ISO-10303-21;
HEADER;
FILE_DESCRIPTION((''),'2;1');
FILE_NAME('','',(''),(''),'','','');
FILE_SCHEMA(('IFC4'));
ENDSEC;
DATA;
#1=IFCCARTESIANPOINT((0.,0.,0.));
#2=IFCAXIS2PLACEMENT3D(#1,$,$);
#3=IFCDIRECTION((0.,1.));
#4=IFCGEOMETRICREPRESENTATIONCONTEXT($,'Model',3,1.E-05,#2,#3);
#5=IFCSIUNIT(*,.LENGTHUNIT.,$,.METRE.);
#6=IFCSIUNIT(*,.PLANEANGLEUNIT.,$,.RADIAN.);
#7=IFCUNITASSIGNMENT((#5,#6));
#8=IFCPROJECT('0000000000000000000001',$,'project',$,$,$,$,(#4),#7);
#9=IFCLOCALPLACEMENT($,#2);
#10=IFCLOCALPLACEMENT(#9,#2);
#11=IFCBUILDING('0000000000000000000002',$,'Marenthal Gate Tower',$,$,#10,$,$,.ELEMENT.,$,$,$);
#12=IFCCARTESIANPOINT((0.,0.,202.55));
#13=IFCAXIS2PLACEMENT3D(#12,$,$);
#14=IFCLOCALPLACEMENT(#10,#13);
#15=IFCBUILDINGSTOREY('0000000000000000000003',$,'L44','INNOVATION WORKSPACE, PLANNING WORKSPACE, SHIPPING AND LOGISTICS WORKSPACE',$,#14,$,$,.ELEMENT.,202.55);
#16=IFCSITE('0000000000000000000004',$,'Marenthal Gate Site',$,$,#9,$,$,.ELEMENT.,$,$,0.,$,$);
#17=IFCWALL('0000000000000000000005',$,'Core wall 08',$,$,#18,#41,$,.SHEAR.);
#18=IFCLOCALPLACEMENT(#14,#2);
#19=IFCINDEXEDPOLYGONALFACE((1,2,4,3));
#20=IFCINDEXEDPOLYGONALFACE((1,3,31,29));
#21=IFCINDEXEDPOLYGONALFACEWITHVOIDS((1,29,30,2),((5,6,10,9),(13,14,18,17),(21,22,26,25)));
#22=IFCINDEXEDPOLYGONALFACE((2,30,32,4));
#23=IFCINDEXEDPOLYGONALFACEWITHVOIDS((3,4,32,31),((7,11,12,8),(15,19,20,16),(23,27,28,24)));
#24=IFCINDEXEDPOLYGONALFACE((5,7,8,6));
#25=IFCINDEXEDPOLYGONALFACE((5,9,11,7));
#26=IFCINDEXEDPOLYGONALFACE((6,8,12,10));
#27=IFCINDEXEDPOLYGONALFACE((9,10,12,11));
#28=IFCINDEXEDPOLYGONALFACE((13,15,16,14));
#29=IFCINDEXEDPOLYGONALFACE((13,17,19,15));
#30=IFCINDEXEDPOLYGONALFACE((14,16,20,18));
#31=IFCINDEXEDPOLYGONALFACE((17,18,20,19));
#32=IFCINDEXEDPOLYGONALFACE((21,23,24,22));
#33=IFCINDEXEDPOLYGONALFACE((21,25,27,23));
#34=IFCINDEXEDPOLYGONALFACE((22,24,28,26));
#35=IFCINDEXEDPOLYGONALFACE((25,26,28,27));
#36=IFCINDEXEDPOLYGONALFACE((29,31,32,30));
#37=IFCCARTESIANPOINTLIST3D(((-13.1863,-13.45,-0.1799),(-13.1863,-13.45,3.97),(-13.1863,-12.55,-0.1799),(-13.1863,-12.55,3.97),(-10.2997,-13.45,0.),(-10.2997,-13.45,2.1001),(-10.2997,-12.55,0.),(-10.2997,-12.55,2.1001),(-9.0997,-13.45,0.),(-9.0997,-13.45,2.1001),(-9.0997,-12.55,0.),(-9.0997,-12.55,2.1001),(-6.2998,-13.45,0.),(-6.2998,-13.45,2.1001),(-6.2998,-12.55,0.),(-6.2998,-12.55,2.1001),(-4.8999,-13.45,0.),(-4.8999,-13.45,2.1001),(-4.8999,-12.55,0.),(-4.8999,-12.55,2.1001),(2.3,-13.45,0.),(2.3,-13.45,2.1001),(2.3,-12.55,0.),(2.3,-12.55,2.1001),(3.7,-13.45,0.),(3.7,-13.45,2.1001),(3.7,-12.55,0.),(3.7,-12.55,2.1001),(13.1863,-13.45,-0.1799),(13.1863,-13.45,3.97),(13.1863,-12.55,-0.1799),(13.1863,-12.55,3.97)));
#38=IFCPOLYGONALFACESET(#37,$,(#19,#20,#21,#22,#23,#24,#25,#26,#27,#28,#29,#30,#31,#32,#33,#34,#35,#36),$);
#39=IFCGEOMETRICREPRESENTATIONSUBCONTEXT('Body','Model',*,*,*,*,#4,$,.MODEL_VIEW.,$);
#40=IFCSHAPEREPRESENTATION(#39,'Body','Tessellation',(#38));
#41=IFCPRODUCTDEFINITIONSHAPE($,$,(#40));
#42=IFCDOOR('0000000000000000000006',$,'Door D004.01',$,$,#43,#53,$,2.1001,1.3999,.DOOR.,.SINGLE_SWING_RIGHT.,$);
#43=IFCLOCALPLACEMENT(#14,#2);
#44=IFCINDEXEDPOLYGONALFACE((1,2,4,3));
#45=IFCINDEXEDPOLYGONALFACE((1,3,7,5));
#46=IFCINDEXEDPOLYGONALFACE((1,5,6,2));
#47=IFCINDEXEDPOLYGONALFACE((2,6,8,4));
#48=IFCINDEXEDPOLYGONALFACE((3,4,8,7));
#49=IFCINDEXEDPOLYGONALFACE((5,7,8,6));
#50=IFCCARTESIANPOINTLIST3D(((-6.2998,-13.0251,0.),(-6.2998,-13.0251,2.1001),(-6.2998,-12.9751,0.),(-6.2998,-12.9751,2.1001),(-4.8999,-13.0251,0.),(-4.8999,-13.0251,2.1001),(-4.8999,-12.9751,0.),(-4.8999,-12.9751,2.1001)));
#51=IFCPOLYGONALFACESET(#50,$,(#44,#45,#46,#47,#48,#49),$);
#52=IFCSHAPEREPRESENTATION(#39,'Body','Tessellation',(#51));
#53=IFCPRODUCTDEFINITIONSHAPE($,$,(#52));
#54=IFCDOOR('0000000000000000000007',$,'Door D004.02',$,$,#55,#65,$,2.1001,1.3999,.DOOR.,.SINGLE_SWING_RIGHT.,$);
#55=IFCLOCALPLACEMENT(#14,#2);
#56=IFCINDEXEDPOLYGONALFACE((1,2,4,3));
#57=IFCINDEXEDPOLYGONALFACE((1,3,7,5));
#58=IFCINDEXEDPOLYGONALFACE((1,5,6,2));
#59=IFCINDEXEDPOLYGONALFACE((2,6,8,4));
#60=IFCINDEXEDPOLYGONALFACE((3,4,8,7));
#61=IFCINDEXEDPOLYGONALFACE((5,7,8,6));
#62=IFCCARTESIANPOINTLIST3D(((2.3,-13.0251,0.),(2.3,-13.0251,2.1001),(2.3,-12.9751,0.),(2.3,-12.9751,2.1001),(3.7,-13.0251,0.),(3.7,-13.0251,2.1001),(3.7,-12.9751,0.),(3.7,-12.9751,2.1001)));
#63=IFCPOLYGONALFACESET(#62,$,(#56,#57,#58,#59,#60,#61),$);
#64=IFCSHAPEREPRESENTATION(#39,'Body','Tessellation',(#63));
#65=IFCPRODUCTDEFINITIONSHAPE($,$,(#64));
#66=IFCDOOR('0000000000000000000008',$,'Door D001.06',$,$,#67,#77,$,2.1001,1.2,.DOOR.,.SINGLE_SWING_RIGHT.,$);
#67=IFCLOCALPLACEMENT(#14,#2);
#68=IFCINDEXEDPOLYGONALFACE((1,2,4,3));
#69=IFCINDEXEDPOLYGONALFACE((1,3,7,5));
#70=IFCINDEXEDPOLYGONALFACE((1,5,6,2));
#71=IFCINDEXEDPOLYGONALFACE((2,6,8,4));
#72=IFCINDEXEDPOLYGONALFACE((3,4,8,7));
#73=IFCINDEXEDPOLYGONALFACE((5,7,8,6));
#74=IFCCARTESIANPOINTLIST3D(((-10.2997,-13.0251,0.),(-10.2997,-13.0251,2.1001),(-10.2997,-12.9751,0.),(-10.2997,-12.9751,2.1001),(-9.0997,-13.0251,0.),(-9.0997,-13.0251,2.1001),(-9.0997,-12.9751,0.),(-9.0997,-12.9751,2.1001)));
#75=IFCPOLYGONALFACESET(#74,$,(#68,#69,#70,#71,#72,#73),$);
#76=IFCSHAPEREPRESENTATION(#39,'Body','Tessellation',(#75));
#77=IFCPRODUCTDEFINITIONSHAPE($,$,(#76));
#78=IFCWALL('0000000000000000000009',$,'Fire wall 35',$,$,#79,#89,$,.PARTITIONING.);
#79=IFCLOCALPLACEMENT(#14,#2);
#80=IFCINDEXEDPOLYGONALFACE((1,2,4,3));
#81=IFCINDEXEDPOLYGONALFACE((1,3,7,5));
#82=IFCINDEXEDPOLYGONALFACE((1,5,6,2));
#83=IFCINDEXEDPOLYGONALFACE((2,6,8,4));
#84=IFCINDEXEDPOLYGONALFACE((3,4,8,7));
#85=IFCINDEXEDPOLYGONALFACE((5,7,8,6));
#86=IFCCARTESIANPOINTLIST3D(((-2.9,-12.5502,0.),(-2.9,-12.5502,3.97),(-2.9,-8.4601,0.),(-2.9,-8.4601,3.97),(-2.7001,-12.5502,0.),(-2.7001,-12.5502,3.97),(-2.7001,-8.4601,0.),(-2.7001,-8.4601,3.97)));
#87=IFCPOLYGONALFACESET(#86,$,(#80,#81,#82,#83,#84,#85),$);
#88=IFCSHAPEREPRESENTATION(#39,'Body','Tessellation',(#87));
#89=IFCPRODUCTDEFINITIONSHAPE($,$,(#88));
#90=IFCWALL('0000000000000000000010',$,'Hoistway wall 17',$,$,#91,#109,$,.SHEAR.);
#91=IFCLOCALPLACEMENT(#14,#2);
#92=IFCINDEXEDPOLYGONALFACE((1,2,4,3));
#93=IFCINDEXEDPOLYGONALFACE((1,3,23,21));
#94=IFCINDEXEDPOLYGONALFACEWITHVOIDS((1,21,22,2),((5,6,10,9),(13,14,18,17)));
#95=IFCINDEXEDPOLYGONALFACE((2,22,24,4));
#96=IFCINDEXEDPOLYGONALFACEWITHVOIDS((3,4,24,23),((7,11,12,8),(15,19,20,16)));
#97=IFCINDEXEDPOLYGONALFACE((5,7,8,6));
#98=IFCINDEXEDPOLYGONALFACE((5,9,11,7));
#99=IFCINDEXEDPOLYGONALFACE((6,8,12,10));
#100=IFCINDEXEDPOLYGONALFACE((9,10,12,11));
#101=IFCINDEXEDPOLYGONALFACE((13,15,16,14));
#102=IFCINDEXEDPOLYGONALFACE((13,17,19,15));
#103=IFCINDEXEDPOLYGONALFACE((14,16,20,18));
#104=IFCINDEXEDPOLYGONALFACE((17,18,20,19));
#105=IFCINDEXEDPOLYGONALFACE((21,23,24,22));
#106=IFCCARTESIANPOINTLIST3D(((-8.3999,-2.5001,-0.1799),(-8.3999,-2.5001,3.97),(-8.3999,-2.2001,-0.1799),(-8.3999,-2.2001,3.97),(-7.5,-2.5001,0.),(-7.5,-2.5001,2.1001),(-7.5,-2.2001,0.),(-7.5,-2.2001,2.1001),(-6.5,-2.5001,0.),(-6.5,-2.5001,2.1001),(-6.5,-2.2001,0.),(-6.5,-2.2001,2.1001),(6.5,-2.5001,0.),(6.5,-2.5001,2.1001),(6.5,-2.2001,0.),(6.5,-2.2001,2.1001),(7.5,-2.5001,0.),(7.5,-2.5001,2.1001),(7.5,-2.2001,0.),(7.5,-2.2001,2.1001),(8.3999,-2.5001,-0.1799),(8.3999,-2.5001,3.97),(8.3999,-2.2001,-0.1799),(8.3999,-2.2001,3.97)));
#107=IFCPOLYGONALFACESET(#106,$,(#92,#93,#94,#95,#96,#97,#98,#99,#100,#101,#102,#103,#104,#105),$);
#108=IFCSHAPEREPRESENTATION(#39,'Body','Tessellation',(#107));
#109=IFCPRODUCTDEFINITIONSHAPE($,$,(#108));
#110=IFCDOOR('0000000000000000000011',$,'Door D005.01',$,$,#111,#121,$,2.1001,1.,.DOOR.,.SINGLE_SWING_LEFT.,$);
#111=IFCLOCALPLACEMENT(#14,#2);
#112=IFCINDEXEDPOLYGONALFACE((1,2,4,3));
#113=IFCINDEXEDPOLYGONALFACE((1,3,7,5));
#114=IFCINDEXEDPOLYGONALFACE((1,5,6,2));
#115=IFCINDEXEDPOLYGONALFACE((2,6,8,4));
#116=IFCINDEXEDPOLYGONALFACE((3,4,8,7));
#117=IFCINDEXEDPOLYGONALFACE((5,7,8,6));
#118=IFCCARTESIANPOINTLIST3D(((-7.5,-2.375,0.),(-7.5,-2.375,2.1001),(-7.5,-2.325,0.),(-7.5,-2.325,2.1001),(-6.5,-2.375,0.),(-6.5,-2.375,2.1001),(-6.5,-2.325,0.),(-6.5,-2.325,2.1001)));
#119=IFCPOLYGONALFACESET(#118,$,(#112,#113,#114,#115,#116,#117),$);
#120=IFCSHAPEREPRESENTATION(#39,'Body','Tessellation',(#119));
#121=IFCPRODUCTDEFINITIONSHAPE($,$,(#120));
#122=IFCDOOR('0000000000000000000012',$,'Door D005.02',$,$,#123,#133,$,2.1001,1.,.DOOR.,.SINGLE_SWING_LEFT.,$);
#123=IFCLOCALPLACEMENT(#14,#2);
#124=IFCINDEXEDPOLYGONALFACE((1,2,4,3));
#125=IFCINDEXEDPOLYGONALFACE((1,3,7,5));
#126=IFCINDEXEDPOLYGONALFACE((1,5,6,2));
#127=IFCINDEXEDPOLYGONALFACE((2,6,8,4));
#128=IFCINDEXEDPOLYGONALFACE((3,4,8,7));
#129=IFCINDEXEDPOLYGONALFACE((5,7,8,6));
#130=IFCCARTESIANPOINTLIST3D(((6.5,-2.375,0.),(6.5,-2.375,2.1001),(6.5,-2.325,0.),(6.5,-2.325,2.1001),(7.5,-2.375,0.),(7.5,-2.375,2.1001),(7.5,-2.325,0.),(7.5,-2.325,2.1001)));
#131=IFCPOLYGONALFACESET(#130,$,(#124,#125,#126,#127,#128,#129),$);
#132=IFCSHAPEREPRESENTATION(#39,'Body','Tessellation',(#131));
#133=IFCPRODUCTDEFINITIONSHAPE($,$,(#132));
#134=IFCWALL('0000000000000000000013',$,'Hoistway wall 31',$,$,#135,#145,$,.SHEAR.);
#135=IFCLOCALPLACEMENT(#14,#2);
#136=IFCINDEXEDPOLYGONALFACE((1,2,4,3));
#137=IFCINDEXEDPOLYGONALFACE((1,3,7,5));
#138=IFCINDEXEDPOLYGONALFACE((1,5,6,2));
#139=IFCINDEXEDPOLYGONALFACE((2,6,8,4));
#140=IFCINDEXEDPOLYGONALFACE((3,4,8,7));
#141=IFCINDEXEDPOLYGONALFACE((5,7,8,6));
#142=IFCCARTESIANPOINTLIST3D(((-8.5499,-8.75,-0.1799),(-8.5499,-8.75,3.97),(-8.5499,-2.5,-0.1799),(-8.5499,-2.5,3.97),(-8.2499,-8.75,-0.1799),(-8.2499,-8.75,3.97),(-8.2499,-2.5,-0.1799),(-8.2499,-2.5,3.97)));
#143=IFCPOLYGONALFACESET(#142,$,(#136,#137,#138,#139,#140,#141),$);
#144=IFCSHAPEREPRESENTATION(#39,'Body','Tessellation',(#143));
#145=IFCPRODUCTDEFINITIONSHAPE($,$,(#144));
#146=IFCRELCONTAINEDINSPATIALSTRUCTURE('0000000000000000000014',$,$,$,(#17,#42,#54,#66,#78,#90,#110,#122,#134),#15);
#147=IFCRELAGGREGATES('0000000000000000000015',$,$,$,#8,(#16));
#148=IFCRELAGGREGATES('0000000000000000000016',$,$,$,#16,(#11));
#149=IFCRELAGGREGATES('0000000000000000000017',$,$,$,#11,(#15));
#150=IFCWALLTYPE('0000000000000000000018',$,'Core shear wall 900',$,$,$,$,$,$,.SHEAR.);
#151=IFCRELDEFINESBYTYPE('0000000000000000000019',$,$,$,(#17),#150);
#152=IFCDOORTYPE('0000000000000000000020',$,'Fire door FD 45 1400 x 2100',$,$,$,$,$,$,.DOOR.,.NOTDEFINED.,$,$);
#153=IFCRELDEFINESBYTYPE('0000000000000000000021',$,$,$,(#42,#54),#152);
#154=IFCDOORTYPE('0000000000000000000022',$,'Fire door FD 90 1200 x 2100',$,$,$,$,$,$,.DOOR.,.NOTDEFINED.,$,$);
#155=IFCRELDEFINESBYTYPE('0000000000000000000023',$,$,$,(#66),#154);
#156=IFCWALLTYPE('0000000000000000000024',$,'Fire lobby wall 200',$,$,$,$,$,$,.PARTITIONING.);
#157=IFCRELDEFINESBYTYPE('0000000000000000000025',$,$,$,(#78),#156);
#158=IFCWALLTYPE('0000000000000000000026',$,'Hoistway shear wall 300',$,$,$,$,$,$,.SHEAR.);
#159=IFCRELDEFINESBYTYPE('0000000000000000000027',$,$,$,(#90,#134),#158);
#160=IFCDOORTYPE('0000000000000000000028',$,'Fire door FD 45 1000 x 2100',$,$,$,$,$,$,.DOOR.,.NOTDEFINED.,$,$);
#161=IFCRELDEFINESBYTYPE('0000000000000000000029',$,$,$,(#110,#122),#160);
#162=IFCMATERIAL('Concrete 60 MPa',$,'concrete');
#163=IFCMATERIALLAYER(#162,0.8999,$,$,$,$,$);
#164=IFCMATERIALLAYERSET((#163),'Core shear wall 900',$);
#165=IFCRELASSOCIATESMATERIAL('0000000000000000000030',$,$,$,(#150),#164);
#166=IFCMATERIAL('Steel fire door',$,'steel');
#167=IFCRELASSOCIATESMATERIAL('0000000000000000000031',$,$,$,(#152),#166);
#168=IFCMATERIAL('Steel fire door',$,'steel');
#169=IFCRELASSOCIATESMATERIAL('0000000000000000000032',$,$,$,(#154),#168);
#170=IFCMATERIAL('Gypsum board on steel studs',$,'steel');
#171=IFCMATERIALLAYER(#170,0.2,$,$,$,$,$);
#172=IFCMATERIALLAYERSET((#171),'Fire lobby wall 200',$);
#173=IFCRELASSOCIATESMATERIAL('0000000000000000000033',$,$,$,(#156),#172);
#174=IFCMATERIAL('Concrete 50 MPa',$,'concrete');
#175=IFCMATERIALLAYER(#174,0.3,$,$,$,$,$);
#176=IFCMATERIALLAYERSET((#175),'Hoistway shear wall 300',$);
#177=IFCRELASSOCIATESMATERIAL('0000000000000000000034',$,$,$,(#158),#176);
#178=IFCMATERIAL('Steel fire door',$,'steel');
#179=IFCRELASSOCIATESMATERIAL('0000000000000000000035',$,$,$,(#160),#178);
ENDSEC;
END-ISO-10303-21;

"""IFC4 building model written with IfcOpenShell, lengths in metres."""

from ifc_helpers import new_model, si_unit, direction, frame, frame_2d, origin, place, context, subcontext, project, spatial, rectangle, extrude, material, layer, layer_set, type_object, element, fill, save


model = new_model("IFC4")

# Units and contexts
model_context = context("Model", 3, precision=1e-05, world=origin(), true_north=direction((0.0, 1.0)))
body_context = subcontext(model_context, "Body", "Model", "MODEL_VIEW")
ifc_project = project(units=[si_unit("LENGTHUNIT", "METRE"), si_unit("PLANEANGLEUNIT", "RADIAN")], contexts=[model_context])

# Site, building, storey
site_placement = place(None, origin())
site = spatial("IfcSite", under=ifc_project, at=site_placement, Name="Marenthal Gate Site", CompositionType="ELEMENT", RefElevation=0.0)
building_placement = place(site_placement, origin())
building = spatial("IfcBuilding", under=site, at=building_placement, Name="Marenthal Gate Tower", CompositionType="ELEMENT")
storey_placement = place(building_placement, frame((0.0, 0.0, 202.55)))
storey = spatial("IfcBuildingStorey", under=building, at=storey_placement, Name="L44", Description="INNOVATION WORKSPACE, PLANNING WORKSPACE, SHIPPING AND LOGISTICS WORKSPACE", CompositionType="ELEMENT", Elevation=202.55)

# Wall, openings, doors
ifc_material_1 = material(Name="Concrete 60 MPa", Category="concrete")
ifc_layer_1 = layer(ifc_material_1, 0.8999)
ifc_layer_set_1 = layer_set([ifc_layer_1], Name="Core shear wall 900")
wall_type_1 = type_object("IfcWallType", Name="Core shear wall 900", PredefinedType="SHEAR", material=ifc_layer_set_1)
wall_1_placement = place(storey_placement, frame((-13.1863, -13.0, -0.1799), z_axis=(0.0, 0.0, 1.0), x_axis=(1.0, 0.0, 0.0)))
wall_1 = element("IfcWall", 1, at=wall_1_placement, inside=storey, type_object=wall_type_1, Name="Core wall 08", PredefinedType="SHEAR", context=body_context, shape_type="SweptSolid", body=[
    extrude(rectangle(XDim=26.3726, YDim=0.8999, at=frame_2d((13.1863, 0.0))), origin(), (0.0, 0.0, 1.0), 4.1499),
])
opening_1_placement = place(wall_1_placement, frame((2.8865, 0.0, 0.1799)))
opening_1 = element("IfcOpeningElement", 2, at=opening_1_placement, cuts=wall_1, PredefinedType="OPENING", context=body_context, shape_type="SweptSolid", body=[
    extrude(rectangle(XDim=1.2, YDim=2.1001, at=frame_2d((0.6001, 1.05))), frame((0.0, 0.46, 0.0), z_axis=(0.0, -1.0, 0.0), x_axis=(1.0, 0.0, 0.0)), (0.0, 0.0, 1.0), 0.9199),
])
opening_2_placement = place(wall_1_placement, frame((6.8865, 0.0, 0.1799)))
opening_2 = element("IfcOpeningElement", 3, at=opening_2_placement, cuts=wall_1, PredefinedType="OPENING", context=body_context, shape_type="SweptSolid", body=[
    extrude(rectangle(XDim=1.3999, YDim=2.1001, at=frame_2d((0.7, 1.05))), frame((0.0, 0.46, 0.0), z_axis=(0.0, -1.0, 0.0), x_axis=(1.0, 0.0, 0.0)), (0.0, 0.0, 1.0), 0.9199),
])
opening_3_placement = place(wall_1_placement, frame((15.4863, 0.0, 0.1799)))
opening_3 = element("IfcOpeningElement", 4, at=opening_3_placement, cuts=wall_1, PredefinedType="OPENING", context=body_context, shape_type="SweptSolid", body=[
    extrude(rectangle(XDim=1.3999, YDim=2.1001, at=frame_2d((0.7, 1.05))), frame((0.0, 0.46, 0.0), z_axis=(0.0, -1.0, 0.0), x_axis=(1.0, 0.0, 0.0)), (0.0, 0.0, 1.0), 0.9199),
])
ifc_material_2 = material(Name="Steel fire door", Category="steel")
door_type_1 = type_object("IfcDoorType", Name="Fire door FD 45 1400 x 2100", OperationType="NOTDEFINED", PredefinedType="DOOR", material=ifc_material_2)
door_1_placement = place(opening_2_placement, origin())
door_1 = element("IfcDoor", 5, at=door_1_placement, inside=storey, type_object=door_type_1, Name="Door D004.01", OperationType="SINGLE_SWING_RIGHT", OverallHeight=2.1001, OverallWidth=1.3999, PredefinedType="DOOR", context=body_context, shape_type="SweptSolid", body=[
    extrude(rectangle(XDim=1.3999, YDim=2.1001, at=frame_2d((0.7, 1.05))), frame((0.0, 0.0249, 0.0), z_axis=(0.0, -1.0, 0.0), x_axis=(1.0, 0.0, 0.0)), (0.0, 0.0, 1.0), 0.05),
])
fill(opening_2, door_1)
door_2_placement = place(opening_3_placement, origin())
door_2 = element("IfcDoor", 6, at=door_2_placement, inside=storey, type_object=door_type_1, Name="Door D004.02", OperationType="SINGLE_SWING_RIGHT", OverallHeight=2.1001, OverallWidth=1.3999, PredefinedType="DOOR", context=body_context, shape_type="SweptSolid", body=[
    extrude(rectangle(XDim=1.3999, YDim=2.1001, at=frame_2d((0.7, 1.05))), frame((0.0, 0.0249, 0.0), z_axis=(0.0, -1.0, 0.0), x_axis=(1.0, 0.0, 0.0)), (0.0, 0.0, 1.0), 0.05),
])
fill(opening_3, door_2)
ifc_material_3 = material(Name="Steel fire door", Category="steel")
door_type_2 = type_object("IfcDoorType", Name="Fire door FD 90 1200 x 2100", OperationType="NOTDEFINED", PredefinedType="DOOR", material=ifc_material_3)
door_3_placement = place(opening_1_placement, origin())
door_3 = element("IfcDoor", 7, at=door_3_placement, inside=storey, type_object=door_type_2, Name="Door D001.06", OperationType="SINGLE_SWING_RIGHT", OverallHeight=2.1001, OverallWidth=1.2, PredefinedType="DOOR", context=body_context, shape_type="SweptSolid", body=[
    extrude(rectangle(XDim=1.2, YDim=2.1001, at=frame_2d((0.6001, 1.05))), frame((0.0, 0.0249, 0.0), z_axis=(0.0, -1.0, 0.0), x_axis=(1.0, 0.0, 0.0)), (0.0, 0.0, 1.0), 0.05),
])
fill(opening_1, door_3)

# Wall
ifc_material_4 = material(Name="Gypsum board on steel studs", Category="steel")
ifc_layer_2 = layer(ifc_material_4, 0.2)
ifc_layer_set_2 = layer_set([ifc_layer_2], Name="Fire lobby wall 200")
wall_type_2 = type_object("IfcWallType", Name="Fire lobby wall 200", PredefinedType="PARTITIONING", material=ifc_layer_set_2)
wall_2_placement = place(storey_placement, frame((-2.8, -12.55, 0.0), z_axis=(0.0, 0.0, 1.0), x_axis=(0.0, 1.0, 0.0)))
element("IfcWall", 8, at=wall_2_placement, inside=storey, type_object=wall_type_2, Name="Fire wall 35", PredefinedType="PARTITIONING", context=body_context, shape_type="SweptSolid", body=[
    extrude(rectangle(XDim=4.0901, YDim=0.2, at=frame_2d((2.0449, 0.0))), origin(), (0.0, 0.0, 1.0), 3.97),
])

# Wall, openings, doors
ifc_material_5 = material(Name="Concrete 50 MPa", Category="concrete")
ifc_layer_3 = layer(ifc_material_5, 0.3)
ifc_layer_set_3 = layer_set([ifc_layer_3], Name="Hoistway shear wall 300")
wall_type_3 = type_object("IfcWallType", Name="Hoistway shear wall 300", PredefinedType="SHEAR", material=ifc_layer_set_3)
wall_3_placement = place(storey_placement, frame((-8.3999, -2.3501, -0.1799), z_axis=(0.0, 0.0, 1.0), x_axis=(1.0, 0.0, 0.0)))
wall_3 = element("IfcWall", 9, at=wall_3_placement, inside=storey, type_object=wall_type_3, Name="Hoistway wall 17", PredefinedType="SHEAR", context=body_context, shape_type="SweptSolid", body=[
    extrude(rectangle(XDim=16.7998, YDim=0.3, at=frame_2d((8.3999, 0.0))), origin(), (0.0, 0.0, 1.0), 4.1499),
])
opening_4_placement = place(wall_3_placement, frame((0.8999, 0.0, 0.1799)))
opening_4 = element("IfcOpeningElement", 10, at=opening_4_placement, cuts=wall_3, PredefinedType="OPENING", context=body_context, shape_type="SweptSolid", body=[
    extrude(rectangle(XDim=1.0, YDim=2.1001, at=frame_2d((0.5, 1.05))), frame((0.0, 0.1602, 0.0), z_axis=(0.0, -1.0, 0.0), x_axis=(1.0, 0.0, 0.0)), (0.0, 0.0, 1.0), 0.3201),
])
opening_5_placement = place(wall_3_placement, frame((14.8999, 0.0, 0.1799)))
opening_5 = element("IfcOpeningElement", 11, at=opening_5_placement, cuts=wall_3, PredefinedType="OPENING", context=body_context, shape_type="SweptSolid", body=[
    extrude(rectangle(XDim=1.0, YDim=2.1001, at=frame_2d((0.5, 1.05))), frame((0.0, 0.1602, 0.0), z_axis=(0.0, -1.0, 0.0), x_axis=(1.0, 0.0, 0.0)), (0.0, 0.0, 1.0), 0.3201),
])
ifc_material_6 = material(Name="Steel fire door", Category="steel")
door_type_3 = type_object("IfcDoorType", Name="Fire door FD 45 1000 x 2100", OperationType="NOTDEFINED", PredefinedType="DOOR", material=ifc_material_6)
door_4_placement = place(opening_4_placement, frame((1.0, 0.0, 0.0), z_axis=(0.0, 0.0, 1.0), x_axis=(-1.0, 0.0, 0.0)))
door_4 = element("IfcDoor", 12, at=door_4_placement, inside=storey, type_object=door_type_3, Name="Door D005.01", OperationType="SINGLE_SWING_LEFT", OverallHeight=2.1001, OverallWidth=1.0, PredefinedType="DOOR", context=body_context, shape_type="SweptSolid", body=[
    extrude(rectangle(XDim=1.0, YDim=2.1001, at=frame_2d((0.5, 1.05))), frame((0.0, 0.0249, 0.0), z_axis=(0.0, -1.0, 0.0), x_axis=(1.0, 0.0, 0.0)), (0.0, 0.0, 1.0), 0.05),
])
fill(opening_4, door_4)
door_5_placement = place(opening_5_placement, frame((1.0, 0.0, 0.0), z_axis=(0.0, 0.0, 1.0), x_axis=(-1.0, 0.0, 0.0)))
door_5 = element("IfcDoor", 13, at=door_5_placement, inside=storey, type_object=door_type_3, Name="Door D005.02", OperationType="SINGLE_SWING_LEFT", OverallHeight=2.1001, OverallWidth=1.0, PredefinedType="DOOR", context=body_context, shape_type="SweptSolid", body=[
    extrude(rectangle(XDim=1.0, YDim=2.1001, at=frame_2d((0.5, 1.05))), frame((0.0, 0.0249, 0.0), z_axis=(0.0, -1.0, 0.0), x_axis=(1.0, 0.0, 0.0)), (0.0, 0.0, 1.0), 0.05),
])
fill(opening_5, door_5)

# Wall
wall_4_placement = place(storey_placement, frame((-8.3999, -8.75, -0.1799), z_axis=(0.0, 0.0, 1.0), x_axis=(0.0, 1.0, 0.0)))
element("IfcWall", 14, at=wall_4_placement, inside=storey, type_object=wall_type_3, Name="Hoistway wall 31", PredefinedType="SHEAR", context=body_context, shape_type="SweptSolid", body=[
    extrude(rectangle(XDim=6.25, YDim=0.3, at=frame_2d((3.125, 0.0))), origin(), (0.0, 0.0, 1.0), 4.1499),
])

save(model, "model.ifc")
